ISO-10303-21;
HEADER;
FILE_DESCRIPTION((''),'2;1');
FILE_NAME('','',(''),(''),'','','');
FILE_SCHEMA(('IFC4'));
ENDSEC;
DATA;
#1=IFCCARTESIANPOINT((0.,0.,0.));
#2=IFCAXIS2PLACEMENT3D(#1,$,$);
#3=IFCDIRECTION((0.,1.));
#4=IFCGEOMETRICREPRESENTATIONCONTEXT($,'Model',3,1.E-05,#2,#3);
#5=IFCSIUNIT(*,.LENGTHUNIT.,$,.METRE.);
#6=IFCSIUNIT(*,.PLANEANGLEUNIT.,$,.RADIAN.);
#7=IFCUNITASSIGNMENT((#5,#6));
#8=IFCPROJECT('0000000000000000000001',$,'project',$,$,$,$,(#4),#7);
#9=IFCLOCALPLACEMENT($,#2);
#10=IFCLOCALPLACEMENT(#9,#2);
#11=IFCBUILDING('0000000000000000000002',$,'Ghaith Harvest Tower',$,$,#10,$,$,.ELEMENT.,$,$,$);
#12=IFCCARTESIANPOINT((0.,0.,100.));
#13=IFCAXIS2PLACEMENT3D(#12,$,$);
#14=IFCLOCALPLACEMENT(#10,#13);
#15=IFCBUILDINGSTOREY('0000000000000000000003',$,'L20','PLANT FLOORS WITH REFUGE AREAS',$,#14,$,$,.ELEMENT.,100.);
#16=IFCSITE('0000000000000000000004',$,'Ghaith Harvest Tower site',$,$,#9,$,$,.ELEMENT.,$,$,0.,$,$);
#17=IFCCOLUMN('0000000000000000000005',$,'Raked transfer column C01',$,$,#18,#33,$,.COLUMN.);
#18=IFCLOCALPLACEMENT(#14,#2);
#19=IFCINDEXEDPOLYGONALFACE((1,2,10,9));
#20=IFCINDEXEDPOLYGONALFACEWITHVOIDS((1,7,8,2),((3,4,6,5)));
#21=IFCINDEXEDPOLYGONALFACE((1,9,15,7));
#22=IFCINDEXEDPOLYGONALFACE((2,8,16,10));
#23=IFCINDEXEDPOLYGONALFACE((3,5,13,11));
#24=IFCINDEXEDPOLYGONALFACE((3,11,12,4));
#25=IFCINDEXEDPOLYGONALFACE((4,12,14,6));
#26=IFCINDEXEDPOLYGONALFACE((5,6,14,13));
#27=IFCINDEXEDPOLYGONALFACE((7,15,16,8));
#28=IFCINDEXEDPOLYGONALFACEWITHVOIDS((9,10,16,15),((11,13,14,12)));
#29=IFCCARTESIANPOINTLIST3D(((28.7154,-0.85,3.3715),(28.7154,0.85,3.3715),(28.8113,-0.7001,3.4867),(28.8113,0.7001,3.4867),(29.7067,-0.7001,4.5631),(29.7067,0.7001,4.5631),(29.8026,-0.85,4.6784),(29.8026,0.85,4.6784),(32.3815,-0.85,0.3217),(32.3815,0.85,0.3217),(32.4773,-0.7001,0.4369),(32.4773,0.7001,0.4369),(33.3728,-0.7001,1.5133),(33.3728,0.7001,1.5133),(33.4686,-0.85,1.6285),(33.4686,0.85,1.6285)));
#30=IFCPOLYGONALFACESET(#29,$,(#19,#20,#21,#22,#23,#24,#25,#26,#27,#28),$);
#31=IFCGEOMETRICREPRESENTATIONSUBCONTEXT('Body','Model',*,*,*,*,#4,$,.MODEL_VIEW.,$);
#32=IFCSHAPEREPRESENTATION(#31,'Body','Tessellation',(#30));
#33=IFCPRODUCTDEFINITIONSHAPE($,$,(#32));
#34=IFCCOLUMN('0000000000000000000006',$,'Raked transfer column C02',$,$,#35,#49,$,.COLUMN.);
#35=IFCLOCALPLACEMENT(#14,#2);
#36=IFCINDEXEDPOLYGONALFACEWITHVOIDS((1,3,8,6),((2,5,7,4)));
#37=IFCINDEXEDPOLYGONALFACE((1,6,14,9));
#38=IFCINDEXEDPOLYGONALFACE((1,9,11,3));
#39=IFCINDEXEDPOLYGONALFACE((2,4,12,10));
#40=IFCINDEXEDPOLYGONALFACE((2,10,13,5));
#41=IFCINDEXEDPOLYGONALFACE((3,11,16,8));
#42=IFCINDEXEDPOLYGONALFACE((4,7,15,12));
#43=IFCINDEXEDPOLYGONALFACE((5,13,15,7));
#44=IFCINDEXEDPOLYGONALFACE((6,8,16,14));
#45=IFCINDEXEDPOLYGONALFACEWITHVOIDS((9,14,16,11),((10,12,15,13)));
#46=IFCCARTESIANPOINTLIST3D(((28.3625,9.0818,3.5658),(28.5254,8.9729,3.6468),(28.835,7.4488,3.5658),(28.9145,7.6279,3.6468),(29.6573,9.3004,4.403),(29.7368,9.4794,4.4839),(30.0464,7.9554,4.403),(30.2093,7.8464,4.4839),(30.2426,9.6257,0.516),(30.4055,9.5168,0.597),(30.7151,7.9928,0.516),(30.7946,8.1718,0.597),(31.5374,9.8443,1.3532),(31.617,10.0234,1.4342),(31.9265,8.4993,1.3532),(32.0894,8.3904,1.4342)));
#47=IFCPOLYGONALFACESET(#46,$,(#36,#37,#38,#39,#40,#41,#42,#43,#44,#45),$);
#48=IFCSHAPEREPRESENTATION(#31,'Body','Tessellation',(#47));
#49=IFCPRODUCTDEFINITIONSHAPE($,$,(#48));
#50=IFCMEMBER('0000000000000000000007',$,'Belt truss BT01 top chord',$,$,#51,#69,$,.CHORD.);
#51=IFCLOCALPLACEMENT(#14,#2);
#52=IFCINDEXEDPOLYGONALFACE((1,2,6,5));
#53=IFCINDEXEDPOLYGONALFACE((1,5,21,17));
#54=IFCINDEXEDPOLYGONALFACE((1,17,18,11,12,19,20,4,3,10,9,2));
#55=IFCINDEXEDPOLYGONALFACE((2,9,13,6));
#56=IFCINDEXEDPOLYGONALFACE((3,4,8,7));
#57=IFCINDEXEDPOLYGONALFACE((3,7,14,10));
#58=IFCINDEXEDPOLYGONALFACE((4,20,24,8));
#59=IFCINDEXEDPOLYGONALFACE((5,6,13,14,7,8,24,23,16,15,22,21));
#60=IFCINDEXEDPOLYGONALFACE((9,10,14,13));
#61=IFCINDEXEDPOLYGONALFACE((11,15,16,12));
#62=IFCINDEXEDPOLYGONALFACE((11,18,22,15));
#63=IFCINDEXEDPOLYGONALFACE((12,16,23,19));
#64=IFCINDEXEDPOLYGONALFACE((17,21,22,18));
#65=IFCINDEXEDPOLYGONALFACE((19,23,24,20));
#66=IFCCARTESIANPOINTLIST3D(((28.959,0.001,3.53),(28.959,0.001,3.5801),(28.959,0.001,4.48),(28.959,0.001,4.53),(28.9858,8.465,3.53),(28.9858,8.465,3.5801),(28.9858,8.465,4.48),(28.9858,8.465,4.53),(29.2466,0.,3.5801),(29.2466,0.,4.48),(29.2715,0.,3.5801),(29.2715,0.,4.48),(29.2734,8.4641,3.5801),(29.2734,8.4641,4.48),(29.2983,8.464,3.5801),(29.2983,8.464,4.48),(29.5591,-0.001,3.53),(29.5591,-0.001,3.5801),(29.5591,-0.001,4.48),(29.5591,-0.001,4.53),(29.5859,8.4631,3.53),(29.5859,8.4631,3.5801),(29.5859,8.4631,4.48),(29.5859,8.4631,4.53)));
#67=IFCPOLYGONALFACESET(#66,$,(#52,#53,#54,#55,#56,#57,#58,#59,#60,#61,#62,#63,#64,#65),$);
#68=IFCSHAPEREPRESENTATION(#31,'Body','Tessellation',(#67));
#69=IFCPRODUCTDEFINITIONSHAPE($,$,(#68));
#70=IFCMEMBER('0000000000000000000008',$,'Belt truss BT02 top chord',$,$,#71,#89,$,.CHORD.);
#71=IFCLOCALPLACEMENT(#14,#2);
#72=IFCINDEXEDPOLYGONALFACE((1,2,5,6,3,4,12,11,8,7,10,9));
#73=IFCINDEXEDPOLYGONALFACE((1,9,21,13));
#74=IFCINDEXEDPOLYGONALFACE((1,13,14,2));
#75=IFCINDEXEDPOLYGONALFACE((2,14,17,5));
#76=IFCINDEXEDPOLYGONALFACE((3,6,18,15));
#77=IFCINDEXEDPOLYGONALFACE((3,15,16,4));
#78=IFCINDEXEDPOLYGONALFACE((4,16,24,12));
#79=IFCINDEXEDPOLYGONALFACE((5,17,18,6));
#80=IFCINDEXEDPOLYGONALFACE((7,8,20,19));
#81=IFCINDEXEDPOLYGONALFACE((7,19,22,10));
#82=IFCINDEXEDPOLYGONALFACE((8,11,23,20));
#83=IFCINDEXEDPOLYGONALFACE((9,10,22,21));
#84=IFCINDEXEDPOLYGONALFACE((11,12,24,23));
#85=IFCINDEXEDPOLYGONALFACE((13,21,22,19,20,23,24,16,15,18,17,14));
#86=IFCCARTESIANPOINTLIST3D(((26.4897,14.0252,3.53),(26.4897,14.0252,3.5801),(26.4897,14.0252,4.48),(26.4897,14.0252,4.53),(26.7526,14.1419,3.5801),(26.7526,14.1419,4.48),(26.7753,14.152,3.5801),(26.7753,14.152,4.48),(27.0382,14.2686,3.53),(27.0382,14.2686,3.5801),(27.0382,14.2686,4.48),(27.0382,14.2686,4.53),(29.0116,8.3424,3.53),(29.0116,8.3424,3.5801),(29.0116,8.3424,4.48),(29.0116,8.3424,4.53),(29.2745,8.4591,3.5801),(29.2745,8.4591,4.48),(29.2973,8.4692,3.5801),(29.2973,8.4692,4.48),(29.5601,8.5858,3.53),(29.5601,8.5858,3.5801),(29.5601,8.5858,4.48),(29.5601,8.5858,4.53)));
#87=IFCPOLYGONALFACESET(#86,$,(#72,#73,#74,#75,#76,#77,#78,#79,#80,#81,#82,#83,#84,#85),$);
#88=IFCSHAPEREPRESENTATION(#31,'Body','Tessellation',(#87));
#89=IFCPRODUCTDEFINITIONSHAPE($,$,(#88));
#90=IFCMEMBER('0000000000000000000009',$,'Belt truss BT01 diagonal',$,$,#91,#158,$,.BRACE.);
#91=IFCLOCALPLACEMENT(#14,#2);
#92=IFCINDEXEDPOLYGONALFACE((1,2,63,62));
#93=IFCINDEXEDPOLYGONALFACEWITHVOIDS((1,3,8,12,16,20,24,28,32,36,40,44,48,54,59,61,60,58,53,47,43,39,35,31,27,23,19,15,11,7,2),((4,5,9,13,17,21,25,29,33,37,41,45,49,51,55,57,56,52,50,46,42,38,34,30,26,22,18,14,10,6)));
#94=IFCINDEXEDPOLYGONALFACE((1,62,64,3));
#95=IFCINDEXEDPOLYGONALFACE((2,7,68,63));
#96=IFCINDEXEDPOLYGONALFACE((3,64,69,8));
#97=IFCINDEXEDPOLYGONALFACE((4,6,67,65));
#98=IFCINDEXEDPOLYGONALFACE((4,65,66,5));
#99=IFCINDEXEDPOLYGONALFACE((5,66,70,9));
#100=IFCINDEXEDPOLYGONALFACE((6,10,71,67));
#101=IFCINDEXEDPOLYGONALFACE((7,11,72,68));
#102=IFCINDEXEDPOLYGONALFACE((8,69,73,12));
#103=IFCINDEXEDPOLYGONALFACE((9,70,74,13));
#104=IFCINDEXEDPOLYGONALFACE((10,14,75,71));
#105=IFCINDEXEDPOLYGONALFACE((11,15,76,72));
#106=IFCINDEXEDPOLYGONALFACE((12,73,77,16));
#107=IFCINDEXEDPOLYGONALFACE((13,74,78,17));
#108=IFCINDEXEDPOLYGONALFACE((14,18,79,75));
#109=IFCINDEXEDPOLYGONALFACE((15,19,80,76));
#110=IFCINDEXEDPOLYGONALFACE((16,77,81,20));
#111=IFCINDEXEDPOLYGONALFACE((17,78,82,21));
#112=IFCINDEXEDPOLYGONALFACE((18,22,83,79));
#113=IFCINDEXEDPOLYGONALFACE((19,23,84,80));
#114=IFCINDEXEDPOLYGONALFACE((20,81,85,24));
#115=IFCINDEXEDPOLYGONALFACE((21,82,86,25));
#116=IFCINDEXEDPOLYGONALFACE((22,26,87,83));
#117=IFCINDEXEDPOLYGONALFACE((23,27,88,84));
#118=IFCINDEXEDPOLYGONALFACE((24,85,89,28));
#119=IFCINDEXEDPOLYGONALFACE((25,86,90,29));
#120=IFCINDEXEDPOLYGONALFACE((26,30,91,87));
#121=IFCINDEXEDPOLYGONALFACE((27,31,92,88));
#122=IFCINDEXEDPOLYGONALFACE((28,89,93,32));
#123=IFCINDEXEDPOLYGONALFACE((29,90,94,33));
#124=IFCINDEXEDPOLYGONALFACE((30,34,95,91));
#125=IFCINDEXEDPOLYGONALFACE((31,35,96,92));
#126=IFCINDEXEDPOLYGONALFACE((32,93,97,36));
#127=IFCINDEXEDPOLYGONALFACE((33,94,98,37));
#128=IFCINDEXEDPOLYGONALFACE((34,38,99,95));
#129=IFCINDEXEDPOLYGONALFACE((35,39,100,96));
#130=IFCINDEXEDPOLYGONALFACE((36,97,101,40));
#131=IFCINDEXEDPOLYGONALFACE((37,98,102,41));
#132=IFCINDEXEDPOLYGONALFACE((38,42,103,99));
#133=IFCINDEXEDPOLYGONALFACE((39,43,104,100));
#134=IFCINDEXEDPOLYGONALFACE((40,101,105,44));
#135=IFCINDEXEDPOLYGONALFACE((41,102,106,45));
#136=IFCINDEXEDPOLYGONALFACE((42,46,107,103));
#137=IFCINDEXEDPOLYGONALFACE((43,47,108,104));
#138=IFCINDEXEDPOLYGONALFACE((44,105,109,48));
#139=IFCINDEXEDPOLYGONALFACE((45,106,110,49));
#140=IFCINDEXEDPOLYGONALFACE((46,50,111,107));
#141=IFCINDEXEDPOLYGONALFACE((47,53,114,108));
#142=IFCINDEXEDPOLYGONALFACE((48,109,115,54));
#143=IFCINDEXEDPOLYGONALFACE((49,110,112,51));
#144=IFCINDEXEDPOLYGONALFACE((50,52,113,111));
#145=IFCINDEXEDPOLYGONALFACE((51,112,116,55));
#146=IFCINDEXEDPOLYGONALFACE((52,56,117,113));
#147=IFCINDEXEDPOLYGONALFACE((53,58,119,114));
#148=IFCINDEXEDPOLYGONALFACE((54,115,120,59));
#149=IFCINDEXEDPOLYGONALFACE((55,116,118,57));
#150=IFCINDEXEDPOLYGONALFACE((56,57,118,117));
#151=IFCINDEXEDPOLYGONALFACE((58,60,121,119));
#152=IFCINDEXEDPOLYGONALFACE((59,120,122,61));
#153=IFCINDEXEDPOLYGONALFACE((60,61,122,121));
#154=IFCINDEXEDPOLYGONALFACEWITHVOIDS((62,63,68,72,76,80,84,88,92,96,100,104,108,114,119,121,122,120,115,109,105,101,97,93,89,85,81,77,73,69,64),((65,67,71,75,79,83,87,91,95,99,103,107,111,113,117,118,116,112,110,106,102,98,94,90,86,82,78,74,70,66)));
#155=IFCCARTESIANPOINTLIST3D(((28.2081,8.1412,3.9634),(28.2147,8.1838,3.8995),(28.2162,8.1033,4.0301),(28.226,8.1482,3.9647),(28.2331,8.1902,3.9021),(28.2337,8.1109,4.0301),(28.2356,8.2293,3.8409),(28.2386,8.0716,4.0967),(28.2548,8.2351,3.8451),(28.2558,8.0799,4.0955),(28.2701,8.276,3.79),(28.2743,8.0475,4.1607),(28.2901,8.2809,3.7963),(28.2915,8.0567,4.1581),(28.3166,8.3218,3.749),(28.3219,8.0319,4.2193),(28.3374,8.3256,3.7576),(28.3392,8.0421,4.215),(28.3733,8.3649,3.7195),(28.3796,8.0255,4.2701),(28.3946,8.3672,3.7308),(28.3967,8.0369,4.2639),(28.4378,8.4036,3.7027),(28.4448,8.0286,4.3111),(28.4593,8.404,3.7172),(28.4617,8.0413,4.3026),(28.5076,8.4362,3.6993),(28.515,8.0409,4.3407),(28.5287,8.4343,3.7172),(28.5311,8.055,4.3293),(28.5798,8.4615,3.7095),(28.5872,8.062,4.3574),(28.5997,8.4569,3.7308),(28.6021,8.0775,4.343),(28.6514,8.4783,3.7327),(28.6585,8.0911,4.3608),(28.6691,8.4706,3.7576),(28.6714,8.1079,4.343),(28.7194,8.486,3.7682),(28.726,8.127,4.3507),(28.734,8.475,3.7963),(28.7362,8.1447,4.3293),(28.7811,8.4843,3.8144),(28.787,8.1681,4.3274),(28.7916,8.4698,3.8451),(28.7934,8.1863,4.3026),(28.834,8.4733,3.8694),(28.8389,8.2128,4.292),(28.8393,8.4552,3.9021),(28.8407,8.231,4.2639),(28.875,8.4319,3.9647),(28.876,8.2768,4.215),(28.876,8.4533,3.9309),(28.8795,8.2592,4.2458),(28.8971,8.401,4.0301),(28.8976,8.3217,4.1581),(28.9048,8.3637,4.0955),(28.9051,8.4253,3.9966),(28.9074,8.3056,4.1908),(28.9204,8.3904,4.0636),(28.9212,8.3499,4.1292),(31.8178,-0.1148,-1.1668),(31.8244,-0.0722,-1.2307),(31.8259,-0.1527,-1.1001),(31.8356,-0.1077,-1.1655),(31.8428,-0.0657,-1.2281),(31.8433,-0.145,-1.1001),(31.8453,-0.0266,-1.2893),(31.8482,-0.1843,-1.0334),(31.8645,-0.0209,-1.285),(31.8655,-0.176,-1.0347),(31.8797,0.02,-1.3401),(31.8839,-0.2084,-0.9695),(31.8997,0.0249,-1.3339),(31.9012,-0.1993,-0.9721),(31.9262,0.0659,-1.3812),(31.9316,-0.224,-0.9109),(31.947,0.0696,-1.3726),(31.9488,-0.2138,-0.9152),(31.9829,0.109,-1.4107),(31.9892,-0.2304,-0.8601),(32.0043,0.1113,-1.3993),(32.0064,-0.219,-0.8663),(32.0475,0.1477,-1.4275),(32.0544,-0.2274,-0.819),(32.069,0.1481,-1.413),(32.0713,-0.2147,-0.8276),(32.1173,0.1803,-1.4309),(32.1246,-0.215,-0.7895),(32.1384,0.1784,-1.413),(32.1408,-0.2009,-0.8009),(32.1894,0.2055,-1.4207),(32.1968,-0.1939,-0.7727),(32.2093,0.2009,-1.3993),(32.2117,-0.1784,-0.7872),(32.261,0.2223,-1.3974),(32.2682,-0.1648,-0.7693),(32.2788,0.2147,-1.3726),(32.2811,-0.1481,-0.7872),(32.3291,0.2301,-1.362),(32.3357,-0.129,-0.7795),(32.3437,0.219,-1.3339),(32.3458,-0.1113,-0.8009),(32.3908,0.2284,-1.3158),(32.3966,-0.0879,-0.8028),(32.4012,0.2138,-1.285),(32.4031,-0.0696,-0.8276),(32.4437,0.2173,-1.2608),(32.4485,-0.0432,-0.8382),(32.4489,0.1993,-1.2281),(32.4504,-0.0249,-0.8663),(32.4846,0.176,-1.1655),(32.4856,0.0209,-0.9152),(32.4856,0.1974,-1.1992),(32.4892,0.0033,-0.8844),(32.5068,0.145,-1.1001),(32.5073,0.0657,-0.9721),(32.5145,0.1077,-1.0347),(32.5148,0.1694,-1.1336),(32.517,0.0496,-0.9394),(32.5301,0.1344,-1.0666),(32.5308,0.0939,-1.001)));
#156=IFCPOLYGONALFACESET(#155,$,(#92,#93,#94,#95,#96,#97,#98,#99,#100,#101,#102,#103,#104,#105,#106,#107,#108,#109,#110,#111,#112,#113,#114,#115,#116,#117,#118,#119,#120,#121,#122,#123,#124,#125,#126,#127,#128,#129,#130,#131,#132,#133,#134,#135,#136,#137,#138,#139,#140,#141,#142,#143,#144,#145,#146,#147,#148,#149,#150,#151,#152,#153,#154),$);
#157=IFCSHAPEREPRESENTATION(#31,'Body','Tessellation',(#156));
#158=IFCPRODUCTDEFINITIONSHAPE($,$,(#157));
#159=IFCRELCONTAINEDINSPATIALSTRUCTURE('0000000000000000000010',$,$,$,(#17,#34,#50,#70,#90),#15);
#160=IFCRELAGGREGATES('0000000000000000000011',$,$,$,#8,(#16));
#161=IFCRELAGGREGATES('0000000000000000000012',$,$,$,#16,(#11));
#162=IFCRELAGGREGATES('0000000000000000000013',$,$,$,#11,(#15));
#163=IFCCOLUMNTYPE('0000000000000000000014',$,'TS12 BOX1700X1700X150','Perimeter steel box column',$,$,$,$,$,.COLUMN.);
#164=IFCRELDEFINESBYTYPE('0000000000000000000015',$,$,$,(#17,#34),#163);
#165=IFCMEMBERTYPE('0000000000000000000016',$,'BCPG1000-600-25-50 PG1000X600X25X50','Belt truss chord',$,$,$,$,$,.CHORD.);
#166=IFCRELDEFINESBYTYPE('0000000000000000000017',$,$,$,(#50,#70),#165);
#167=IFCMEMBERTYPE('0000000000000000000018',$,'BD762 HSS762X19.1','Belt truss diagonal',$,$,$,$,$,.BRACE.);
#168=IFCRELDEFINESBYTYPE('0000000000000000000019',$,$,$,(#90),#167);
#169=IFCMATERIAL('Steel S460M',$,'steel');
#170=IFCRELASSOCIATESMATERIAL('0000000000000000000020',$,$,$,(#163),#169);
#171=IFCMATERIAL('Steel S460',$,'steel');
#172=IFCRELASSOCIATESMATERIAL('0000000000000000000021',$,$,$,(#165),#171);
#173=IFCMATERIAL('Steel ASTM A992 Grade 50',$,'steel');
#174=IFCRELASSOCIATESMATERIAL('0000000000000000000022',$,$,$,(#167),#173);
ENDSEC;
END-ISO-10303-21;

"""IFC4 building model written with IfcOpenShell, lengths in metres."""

from ifc_helpers import new_model, si_unit, direction, frame, origin, origin_2d, place, context, subcontext, project, spatial, hollow_rectangle, hollow_circle, i_section, extrude, material, material_profile, profile_set, type_object, element, save


model = new_model("IFC4")

# Units and contexts
model_context = context("Model", 3, precision=1e-05, world=origin(), true_north=direction((0.0, 1.0)))
body_context = subcontext(model_context, "Body", "Model", "MODEL_VIEW")
ifc_project = project(units=[si_unit("LENGTHUNIT", "METRE"), si_unit("PLANEANGLEUNIT", "RADIAN")], contexts=[model_context])

# Site, building, storey
site_placement = place(None, origin())
site = spatial("IfcSite", under=ifc_project, at=site_placement, Name="Ghaith Harvest Tower site", CompositionType="ELEMENT", RefElevation=0.0)
building_placement = place(site_placement, origin())
building = spatial("IfcBuilding", under=site, at=building_placement, Name="Ghaith Harvest Tower", CompositionType="ELEMENT")
storey_placement = place(building_placement, frame((0.0, 0.0, 100.0)))
storey = spatial("IfcBuildingStorey", under=building, at=storey_placement, Name="L20", Description="PLANT FLOORS WITH REFUGE AREAS", CompositionType="ELEMENT", Elevation=100.0)

# Columns
ifc_material_1 = material(Name="Steel S460M", Category="steel")
ifc_material_profile_1 = material_profile(ifc_material_1, hollow_rectangle(XDim=1.7, YDim=1.7, WallThickness=0.1499, at=origin_2d()), Name="BOX1700X1700X150")
ifc_profile_set_1 = profile_set([ifc_material_profile_1], Name="Steel S460M")
column_type = type_object("IfcColumnType", Name="TS12 BOX1700X1700X150", Description="Perimeter steel box column", PredefinedType="COLUMN", material=ifc_profile_set_1)
column_1_placement = place(storey_placement, frame((32.925, 0.0, 0.9751), z_axis=(-0.768758, 0.0, 0.63954), x_axis=(0.0, -1.0, 0.0)))
element("IfcColumn", 1, at=column_1_placement, inside=storey, type_object=column_type, Name="Raked transfer column C01", PredefinedType="COLUMN", context=body_context, shape_type="SweptSolid", body=[
    extrude(hollow_rectangle(XDim=1.7, YDim=1.7, WallThickness=0.1499, at=origin_2d()), origin(), (0.0, 0.0, 1.0), 4.7688),
])
column_2_placement = place(storey_placement, frame((31.166, 9.0081, 0.9751), z_axis=(-0.518825, -0.150103, 0.8416), x_axis=(0.277916, -0.960605, 0.0)))
element("IfcColumn", 2, at=column_2_placement, inside=storey, type_object=column_type, Name="Raked transfer column C02", PredefinedType="COLUMN", context=body_context, shape_type="SweptSolid", body=[
    extrude(hollow_rectangle(XDim=1.7, YDim=1.7, WallThickness=0.1499, at=origin_2d()), origin(), (0.0, 0.0, 1.0), 3.6238),
])

# Members
ifc_material_2 = material(Name="Steel S460", Category="steel")
ifc_material_profile_2 = material_profile(ifc_material_2, i_section(OverallWidth=0.6001, OverallDepth=1.0, WebThickness=0.0249, FlangeThickness=0.05, at=origin_2d()), Name="PG1000X600X25X50")
ifc_profile_set_2 = profile_set([ifc_material_profile_2], Name="Steel S460")
member_type_1 = type_object("IfcMemberType", Name="BCPG1000-600-25-50 PG1000X600X25X50", Description="Belt truss chord", PredefinedType="CHORD", material=ifc_profile_set_2)
member_1_placement = place(storey_placement, frame((29.259, 0.0, 4.03), z_axis=(0.003173, 0.999995, 0.0), x_axis=(-0.999995, 0.003173, 0.0)))
element("IfcMember", 3, at=member_1_placement, inside=storey, type_object=member_type_1, Name="Belt truss BT01 top chord", PredefinedType="CHORD", context=body_context, shape_type="SweptSolid", body=[
    extrude(i_section(OverallWidth=0.6001, OverallDepth=1.0, WebThickness=0.0249, FlangeThickness=0.05, at=origin_2d()), origin(), (0.0, 0.0, 1.0), 8.4641),
])
member_2_placement = place(storey_placement, frame((29.2859, 8.4641, 4.03), z_axis=(-0.405636, 0.914035, 0.0), x_axis=(-0.914035, -0.405636, 0.0)))
element("IfcMember", 4, at=member_2_placement, inside=storey, type_object=member_type_1, Name="Belt truss BT02 top chord", PredefinedType="CHORD", context=body_context, shape_type="SweptSolid", body=[
    extrude(i_section(OverallWidth=0.6001, OverallDepth=1.0, WebThickness=0.0249, FlangeThickness=0.05, at=origin_2d()), origin(), (0.0, 0.0, 1.0), 6.2173),
])
ifc_material_3 = material(Name="Steel ASTM A992 Grade 50", Category="steel")
ifc_material_profile_3 = material_profile(ifc_material_3, hollow_circle(Radius=0.3811, WallThickness=0.019, at=origin_2d()), Name="HSS762X19.1")
ifc_profile_set_3 = profile_set([ifc_material_profile_3], Name="Steel ASTM A992 Grade 50")
member_type_2 = type_object("IfcMemberType", Name="BD762 HSS762X19.1", Description="Belt truss diagonal", PredefinedType="BRACE", material=ifc_profile_set_3)
member_3_placement = place(storey_placement, frame((32.175, 0.0, -1.1001), z_axis=(-0.348132, 0.796241, 0.494778), x_axis=(-0.916252, -0.400603, 0.0)))
element("IfcMember", 5, at=member_3_placement, inside=storey, type_object=member_type_2, Name="Belt truss BT01 diagonal", PredefinedType="BRACE", context=body_context, shape_type="SweptSolid", body=[
    extrude(hollow_circle(Radius=0.3811, WallThickness=0.019, at=origin_2d()), origin(), (0.0, 0.0, 1.0), 10.3687),
])

save(model, "model.ifc")
